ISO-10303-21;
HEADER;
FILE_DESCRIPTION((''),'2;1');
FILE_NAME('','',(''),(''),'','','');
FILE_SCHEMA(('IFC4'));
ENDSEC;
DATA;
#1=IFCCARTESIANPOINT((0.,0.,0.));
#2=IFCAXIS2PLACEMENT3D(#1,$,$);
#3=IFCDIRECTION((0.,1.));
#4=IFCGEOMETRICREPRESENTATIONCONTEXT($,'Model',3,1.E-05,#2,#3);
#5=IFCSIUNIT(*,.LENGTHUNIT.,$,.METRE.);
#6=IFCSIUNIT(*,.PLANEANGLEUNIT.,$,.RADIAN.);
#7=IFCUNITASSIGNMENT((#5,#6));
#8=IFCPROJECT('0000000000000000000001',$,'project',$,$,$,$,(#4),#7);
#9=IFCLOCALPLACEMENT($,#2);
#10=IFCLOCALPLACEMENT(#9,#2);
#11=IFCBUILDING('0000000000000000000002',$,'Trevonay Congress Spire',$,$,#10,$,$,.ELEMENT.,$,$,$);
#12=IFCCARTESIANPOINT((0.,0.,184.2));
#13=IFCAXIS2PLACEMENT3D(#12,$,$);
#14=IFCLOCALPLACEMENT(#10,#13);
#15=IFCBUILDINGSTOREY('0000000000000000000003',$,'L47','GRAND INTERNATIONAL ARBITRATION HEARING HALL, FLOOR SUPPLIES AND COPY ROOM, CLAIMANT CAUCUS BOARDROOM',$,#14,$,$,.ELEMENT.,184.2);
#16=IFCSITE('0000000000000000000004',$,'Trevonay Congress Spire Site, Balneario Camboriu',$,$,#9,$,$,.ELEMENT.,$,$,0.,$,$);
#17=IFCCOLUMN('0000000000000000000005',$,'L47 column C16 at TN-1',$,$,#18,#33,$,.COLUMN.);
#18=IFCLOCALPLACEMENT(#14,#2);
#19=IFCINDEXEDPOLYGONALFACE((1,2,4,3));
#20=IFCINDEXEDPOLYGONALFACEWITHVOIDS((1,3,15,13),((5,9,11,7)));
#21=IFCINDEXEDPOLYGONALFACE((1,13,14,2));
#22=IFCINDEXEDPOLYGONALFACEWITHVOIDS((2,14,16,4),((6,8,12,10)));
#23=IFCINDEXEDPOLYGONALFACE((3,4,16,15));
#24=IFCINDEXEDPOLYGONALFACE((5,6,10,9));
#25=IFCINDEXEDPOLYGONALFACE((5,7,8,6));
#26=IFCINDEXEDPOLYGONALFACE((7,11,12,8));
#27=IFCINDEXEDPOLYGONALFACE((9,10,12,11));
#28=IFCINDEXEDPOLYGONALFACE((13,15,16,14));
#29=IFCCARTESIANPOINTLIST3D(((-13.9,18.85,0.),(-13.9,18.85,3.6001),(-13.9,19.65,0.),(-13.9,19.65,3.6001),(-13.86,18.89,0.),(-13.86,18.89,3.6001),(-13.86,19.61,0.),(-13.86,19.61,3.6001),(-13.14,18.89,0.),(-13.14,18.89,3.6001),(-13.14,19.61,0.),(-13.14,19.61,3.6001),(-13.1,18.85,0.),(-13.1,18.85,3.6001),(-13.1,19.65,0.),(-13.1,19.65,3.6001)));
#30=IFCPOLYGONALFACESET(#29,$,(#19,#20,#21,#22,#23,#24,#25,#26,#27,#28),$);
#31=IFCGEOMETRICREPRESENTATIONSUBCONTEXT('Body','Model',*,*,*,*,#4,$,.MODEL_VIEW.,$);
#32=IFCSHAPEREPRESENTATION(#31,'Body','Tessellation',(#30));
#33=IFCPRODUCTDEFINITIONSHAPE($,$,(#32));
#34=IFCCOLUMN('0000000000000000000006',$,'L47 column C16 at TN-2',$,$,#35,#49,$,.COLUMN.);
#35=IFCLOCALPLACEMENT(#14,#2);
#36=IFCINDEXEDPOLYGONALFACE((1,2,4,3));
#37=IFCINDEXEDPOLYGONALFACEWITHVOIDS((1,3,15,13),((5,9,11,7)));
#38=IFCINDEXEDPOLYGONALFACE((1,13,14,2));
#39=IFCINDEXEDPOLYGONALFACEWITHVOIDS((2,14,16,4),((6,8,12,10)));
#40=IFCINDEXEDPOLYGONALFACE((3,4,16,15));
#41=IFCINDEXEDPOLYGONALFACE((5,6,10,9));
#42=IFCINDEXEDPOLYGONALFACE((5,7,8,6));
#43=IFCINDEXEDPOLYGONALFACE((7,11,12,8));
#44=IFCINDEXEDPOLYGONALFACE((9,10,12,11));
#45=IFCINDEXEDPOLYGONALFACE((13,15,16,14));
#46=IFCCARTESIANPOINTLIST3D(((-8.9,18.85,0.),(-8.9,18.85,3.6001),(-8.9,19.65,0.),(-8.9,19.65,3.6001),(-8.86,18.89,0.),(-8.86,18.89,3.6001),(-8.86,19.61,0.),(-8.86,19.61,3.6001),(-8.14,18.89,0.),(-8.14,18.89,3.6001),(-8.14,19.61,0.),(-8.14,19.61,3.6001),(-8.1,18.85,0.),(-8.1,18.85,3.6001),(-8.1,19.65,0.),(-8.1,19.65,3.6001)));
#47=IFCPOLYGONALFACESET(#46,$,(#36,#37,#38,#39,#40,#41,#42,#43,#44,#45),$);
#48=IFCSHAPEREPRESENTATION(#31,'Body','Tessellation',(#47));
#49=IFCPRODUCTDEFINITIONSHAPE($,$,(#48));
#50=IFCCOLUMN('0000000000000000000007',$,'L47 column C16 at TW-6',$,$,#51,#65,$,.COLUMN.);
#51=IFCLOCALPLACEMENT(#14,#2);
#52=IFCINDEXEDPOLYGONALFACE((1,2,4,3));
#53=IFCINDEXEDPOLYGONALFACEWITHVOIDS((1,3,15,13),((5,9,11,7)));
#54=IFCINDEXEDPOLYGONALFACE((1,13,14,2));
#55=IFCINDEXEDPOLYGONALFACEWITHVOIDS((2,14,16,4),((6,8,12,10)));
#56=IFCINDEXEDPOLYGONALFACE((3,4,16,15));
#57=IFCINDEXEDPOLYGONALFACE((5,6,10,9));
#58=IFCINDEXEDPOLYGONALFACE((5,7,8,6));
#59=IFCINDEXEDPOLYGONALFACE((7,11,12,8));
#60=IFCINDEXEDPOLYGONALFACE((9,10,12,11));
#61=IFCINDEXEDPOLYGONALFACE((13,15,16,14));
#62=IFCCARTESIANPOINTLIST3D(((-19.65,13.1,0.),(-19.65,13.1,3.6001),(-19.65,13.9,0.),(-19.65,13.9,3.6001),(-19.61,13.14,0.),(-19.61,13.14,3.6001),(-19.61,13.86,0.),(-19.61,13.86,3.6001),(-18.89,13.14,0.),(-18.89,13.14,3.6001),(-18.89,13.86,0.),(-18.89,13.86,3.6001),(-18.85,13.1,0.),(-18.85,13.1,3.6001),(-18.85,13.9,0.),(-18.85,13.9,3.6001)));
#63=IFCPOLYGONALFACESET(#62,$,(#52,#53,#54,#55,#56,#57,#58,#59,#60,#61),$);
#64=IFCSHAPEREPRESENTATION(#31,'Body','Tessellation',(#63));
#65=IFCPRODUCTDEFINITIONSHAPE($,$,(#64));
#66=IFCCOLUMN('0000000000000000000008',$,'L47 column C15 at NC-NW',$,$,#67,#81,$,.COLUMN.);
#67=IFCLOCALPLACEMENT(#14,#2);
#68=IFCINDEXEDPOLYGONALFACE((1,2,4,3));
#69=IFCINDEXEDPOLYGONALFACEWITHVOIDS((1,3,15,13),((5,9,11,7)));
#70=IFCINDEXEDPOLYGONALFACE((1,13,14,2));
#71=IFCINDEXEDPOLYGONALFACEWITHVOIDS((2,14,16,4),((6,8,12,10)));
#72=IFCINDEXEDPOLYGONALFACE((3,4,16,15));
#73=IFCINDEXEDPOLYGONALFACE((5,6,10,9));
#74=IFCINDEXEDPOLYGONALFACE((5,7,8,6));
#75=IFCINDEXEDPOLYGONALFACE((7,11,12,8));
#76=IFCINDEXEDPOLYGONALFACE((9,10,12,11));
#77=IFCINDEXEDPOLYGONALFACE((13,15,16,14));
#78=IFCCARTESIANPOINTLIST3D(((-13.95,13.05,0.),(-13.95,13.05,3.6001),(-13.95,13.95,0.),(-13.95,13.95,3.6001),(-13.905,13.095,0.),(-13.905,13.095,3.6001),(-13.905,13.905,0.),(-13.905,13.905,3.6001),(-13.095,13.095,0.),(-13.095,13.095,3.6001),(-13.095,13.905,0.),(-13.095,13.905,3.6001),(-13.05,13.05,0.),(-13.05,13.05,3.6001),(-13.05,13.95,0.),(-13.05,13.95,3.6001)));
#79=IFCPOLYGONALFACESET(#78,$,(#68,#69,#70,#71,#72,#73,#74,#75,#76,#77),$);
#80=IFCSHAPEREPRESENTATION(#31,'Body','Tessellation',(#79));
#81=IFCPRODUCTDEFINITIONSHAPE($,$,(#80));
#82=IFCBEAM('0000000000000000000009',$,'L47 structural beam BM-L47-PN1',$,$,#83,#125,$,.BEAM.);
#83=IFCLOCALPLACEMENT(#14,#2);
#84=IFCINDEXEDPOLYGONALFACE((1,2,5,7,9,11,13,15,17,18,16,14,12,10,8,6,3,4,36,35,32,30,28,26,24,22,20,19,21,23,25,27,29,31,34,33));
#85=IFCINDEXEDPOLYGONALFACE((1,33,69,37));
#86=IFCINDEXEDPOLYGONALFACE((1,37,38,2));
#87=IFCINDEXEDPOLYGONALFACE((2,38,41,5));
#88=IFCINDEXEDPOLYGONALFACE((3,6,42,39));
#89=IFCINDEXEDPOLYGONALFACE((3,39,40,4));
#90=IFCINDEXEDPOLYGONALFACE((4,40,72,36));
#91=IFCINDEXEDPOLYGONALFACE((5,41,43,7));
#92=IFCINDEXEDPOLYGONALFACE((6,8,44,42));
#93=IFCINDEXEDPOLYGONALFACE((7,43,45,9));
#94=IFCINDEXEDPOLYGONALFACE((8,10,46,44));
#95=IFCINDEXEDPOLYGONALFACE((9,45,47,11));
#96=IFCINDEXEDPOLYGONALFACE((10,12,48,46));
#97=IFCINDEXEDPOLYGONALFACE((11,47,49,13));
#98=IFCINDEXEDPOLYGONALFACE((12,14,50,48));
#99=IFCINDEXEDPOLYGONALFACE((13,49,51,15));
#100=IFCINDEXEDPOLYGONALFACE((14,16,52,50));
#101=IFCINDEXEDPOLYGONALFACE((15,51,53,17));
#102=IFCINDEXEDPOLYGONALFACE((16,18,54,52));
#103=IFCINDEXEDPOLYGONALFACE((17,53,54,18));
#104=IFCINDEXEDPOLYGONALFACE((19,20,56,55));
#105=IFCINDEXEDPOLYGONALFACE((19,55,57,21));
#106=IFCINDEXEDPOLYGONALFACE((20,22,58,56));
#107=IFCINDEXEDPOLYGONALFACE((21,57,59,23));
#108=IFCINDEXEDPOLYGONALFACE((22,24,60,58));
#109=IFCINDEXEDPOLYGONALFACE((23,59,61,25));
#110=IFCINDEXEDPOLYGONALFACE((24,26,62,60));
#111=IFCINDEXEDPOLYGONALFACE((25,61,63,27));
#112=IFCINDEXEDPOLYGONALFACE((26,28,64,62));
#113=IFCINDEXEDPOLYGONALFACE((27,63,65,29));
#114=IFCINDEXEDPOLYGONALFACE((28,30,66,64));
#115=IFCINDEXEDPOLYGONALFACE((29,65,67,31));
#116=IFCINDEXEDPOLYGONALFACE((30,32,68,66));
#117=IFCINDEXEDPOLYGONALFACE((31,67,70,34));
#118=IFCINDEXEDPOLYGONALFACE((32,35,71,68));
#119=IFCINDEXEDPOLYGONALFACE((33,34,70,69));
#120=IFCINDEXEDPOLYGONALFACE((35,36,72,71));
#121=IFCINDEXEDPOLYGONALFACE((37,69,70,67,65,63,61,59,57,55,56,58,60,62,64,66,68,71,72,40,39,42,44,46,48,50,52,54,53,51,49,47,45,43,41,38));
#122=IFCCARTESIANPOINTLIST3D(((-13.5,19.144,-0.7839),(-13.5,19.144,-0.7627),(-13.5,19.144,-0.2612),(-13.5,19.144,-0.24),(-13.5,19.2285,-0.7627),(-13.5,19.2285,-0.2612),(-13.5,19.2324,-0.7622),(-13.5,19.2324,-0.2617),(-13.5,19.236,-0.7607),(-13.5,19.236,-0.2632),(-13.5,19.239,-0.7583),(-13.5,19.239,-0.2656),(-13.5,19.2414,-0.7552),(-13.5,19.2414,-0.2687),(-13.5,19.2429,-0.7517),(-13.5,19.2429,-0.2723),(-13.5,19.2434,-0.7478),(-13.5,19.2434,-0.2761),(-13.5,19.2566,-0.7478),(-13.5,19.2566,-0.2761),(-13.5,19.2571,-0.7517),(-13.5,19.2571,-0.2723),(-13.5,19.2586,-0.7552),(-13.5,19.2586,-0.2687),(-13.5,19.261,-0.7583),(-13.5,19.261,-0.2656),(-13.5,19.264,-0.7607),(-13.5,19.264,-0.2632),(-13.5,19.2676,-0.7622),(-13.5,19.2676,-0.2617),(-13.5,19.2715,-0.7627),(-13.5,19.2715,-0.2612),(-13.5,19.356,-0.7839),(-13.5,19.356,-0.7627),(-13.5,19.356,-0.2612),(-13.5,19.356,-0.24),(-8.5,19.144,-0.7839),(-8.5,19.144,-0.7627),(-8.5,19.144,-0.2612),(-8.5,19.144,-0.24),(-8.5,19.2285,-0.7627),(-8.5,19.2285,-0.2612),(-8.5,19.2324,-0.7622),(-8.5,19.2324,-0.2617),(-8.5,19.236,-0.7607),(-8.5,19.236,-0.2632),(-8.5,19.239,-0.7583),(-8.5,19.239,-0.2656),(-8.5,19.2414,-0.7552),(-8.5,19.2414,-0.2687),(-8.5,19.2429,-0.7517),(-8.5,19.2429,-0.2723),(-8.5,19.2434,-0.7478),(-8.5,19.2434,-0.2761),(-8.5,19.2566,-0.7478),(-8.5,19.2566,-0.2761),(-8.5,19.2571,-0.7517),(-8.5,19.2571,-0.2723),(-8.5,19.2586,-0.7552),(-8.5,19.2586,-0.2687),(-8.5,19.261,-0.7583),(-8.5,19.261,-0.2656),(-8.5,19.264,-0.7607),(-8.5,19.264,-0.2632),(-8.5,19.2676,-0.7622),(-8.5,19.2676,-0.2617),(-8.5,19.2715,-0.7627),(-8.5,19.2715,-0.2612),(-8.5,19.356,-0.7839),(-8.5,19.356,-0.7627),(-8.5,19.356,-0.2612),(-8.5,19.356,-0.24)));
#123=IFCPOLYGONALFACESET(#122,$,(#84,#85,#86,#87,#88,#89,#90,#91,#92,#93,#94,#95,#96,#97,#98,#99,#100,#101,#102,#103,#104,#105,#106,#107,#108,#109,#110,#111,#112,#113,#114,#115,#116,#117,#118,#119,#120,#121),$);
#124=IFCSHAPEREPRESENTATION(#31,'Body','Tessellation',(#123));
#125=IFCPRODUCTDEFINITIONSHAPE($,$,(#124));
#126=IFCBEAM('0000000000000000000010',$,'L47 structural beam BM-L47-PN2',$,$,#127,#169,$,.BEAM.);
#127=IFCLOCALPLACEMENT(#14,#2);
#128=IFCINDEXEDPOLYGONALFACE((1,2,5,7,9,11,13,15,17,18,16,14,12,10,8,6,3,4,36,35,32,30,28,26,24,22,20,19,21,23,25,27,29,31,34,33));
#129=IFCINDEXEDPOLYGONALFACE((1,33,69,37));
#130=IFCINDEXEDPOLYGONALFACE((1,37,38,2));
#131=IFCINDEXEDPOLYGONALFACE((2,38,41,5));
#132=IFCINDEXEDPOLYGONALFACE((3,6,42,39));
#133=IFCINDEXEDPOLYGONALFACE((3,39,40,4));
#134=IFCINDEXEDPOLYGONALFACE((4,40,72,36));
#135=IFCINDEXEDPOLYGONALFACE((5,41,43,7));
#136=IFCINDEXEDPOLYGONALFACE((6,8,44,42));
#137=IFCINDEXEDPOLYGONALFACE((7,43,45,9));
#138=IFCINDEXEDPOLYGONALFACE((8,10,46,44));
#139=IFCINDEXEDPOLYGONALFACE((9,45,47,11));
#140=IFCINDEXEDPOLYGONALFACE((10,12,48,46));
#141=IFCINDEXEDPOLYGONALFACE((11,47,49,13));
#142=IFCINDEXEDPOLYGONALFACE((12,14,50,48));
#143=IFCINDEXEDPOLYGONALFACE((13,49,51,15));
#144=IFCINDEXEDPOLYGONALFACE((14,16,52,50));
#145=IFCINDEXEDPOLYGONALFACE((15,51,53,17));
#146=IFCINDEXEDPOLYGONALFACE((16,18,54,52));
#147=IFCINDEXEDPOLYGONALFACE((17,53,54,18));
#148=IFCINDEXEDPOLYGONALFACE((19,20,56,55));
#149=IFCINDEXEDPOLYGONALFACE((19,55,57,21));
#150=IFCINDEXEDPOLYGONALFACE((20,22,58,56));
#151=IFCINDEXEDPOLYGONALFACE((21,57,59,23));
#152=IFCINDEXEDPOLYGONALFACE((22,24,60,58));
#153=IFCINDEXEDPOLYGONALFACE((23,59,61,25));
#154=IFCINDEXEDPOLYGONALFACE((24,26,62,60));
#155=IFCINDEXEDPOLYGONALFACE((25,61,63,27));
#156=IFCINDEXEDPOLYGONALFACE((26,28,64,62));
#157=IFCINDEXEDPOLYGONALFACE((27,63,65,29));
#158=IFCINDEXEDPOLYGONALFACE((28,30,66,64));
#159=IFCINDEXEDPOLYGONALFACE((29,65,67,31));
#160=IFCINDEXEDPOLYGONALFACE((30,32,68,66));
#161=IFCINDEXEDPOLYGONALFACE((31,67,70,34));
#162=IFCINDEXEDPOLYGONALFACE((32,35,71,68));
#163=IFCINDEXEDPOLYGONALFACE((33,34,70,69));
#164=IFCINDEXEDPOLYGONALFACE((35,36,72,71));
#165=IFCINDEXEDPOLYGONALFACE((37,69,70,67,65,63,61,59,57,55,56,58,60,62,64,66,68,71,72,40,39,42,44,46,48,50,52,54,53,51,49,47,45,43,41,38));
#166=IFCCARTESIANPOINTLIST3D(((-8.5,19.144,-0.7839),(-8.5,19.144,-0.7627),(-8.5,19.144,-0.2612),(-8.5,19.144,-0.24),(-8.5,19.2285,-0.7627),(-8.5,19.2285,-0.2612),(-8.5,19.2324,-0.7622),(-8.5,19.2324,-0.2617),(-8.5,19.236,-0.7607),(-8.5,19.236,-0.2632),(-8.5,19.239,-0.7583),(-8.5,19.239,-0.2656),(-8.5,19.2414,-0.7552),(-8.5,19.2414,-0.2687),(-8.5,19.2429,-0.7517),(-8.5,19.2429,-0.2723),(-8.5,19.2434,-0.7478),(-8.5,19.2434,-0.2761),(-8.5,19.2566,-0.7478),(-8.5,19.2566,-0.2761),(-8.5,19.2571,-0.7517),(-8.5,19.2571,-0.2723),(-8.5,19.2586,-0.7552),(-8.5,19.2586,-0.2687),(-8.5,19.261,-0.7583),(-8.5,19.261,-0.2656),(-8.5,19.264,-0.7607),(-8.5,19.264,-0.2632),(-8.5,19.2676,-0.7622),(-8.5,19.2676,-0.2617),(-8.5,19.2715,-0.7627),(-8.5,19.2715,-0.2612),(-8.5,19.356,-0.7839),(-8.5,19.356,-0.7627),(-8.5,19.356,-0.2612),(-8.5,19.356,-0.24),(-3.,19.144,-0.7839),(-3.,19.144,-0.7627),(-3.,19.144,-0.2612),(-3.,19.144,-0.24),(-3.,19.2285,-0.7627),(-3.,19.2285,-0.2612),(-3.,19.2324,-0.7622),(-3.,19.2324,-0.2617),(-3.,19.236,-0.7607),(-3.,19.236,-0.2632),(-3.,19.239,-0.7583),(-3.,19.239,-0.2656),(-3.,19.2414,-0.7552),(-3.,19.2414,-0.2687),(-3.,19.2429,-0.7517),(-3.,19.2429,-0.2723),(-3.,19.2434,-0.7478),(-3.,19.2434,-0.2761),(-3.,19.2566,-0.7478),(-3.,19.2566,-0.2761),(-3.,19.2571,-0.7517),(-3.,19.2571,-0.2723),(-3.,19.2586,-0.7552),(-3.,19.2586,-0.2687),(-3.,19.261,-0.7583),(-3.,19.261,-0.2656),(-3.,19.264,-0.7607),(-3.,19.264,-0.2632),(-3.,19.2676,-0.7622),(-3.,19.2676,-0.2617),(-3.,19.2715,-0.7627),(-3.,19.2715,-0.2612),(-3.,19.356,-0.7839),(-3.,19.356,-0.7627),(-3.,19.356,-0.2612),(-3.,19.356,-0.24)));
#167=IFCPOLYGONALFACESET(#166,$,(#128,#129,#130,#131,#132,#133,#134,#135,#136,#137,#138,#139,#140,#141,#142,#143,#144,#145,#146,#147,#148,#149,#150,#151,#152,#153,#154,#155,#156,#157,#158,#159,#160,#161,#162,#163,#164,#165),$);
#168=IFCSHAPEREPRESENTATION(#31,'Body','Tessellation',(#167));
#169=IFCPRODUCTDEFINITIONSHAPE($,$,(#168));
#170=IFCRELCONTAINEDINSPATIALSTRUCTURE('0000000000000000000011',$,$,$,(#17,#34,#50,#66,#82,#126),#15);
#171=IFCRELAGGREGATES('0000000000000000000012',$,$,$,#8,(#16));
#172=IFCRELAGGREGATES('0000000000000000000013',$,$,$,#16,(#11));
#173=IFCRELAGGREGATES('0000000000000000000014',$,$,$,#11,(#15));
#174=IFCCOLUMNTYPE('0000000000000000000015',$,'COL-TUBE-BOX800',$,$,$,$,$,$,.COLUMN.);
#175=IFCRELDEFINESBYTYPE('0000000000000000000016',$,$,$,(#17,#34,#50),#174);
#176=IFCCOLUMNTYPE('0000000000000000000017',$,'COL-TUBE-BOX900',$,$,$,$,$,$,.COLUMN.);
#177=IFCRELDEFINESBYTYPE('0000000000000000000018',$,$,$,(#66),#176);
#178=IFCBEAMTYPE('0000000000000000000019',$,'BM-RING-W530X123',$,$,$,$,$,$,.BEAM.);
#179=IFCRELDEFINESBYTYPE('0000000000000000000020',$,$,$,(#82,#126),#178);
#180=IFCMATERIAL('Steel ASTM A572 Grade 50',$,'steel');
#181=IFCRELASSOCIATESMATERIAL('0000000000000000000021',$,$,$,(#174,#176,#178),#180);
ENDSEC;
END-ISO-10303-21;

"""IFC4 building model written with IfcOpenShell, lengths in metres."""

from ifc_helpers import new_model, si_unit, direction, frame, origin, origin_2d, place, context, subcontext, project, spatial, hollow_rectangle, i_section, extrude, material, material_profile, profile_set, type_object, element, save


model = new_model("IFC4")

# Units and contexts
model_context = context("Model", 3, precision=1e-05, world=origin(), true_north=direction((0.0, 1.0)))
body_context = subcontext(model_context, "Body", "Model", "MODEL_VIEW")
ifc_project = project(units=[si_unit("LENGTHUNIT", "METRE"), si_unit("PLANEANGLEUNIT", "RADIAN")], contexts=[model_context])

# Site, building, storey
site_placement = place(None, origin())
site = spatial("IfcSite", under=ifc_project, at=site_placement, Name="Trevonay Congress Spire Site, Balneario Camboriu", CompositionType="ELEMENT", RefElevation=0.0)
building_placement = place(site_placement, origin())
building = spatial("IfcBuilding", under=site, at=building_placement, Name="Trevonay Congress Spire", CompositionType="ELEMENT")
storey_placement = place(building_placement, frame((0.0, 0.0, 184.2)))
storey = spatial("IfcBuildingStorey", under=building, at=storey_placement, Name="L47", Description="GRAND INTERNATIONAL ARBITRATION HEARING HALL, FLOOR SUPPLIES AND COPY ROOM, CLAIMANT CAUCUS BOARDROOM", CompositionType="ELEMENT", Elevation=184.2)

# Columns
ifc_material_1 = material(Name="Steel ASTM A572 Grade 50", Category="steel")
ifc_material_profile_1 = material_profile(ifc_material_1, hollow_rectangle(XDim=0.8, YDim=0.8, WallThickness=0.04, at=origin_2d()), Name="BOX 800x800x40")
ifc_profile_set_1 = profile_set([ifc_material_profile_1], Name="Steel ASTM A572 Grade 50")
column_type_1 = type_object("IfcColumnType", Name="COL-TUBE-BOX800", PredefinedType="COLUMN", material=ifc_profile_set_1)
for number, where, z_axis, x_axis, name in (
    (1, (-13.5, 19.25, 0.0), (0.0, 0.0, 1.0), (1.0, 0.0, 0.0), "L47 column C16 at TN-1"),
    (2, (-8.5, 19.25, 0.0), (0.0, 0.0, 1.0), (1.0, 0.0, 0.0), "L47 column C16 at TN-2"),
    (3, (-19.25, 13.5, 0.0), (0.0, 0.0, 1.0), (1.0, 0.0, 0.0), "L47 column C16 at TW-6"),
):
    element("IfcColumn", number, at=place(storey_placement, frame(where, z_axis=z_axis, x_axis=x_axis)), inside=storey, type_object=column_type_1, Name=name, PredefinedType="COLUMN", context=body_context, shape_type="SweptSolid", body=[
        extrude(hollow_rectangle(XDim=0.8, YDim=0.8, WallThickness=0.04, at=origin_2d()), origin(), (0.0, 0.0, 1.0), 3.6001),
    ])
ifc_material_profile_2 = material_profile(ifc_material_1, hollow_rectangle(XDim=0.8999, YDim=0.8999, WallThickness=0.0449, at=origin_2d()), Name="BOX 900x900x45")
ifc_profile_set_2 = profile_set([ifc_material_profile_2], Name="Steel ASTM A572 Grade 50")
column_type_2 = type_object("IfcColumnType", Name="COL-TUBE-BOX900", PredefinedType="COLUMN", material=ifc_profile_set_2)
column_placement = place(storey_placement, frame((-13.5, 13.5, 0.0), z_axis=(0.0, 0.0, 1.0), x_axis=(1.0, 0.0, 0.0)))
element("IfcColumn", 4, at=column_placement, inside=storey, type_object=column_type_2, Name="L47 column C15 at NC-NW", PredefinedType="COLUMN", context=body_context, shape_type="SweptSolid", body=[
    extrude(hollow_rectangle(XDim=0.8999, YDim=0.8999, WallThickness=0.0449, at=origin_2d()), origin(), (0.0, 0.0, 1.0), 3.6001),
])

# Beams
ifc_material_profile_3 = material_profile(ifc_material_1, i_section(OverallWidth=0.2119, OverallDepth=0.5439, WebThickness=0.0132, FlangeThickness=0.0212, FilletRadius=0.0149, at=origin_2d()), Name="W530x123")
ifc_profile_set_3 = profile_set([ifc_material_profile_3], Name="Steel ASTM A572 Grade 50")
beam_type = type_object("IfcBeamType", Name="BM-RING-W530X123", PredefinedType="BEAM", material=ifc_profile_set_3)
beam_1_placement = place(storey_placement, frame((-13.5, 19.25, -0.512), z_axis=(1.0, 0.0, 0.0), x_axis=(0.0, 1.0, 0.0)))
element("IfcBeam", 5, at=beam_1_placement, inside=storey, type_object=beam_type, Name="L47 structural beam BM-L47-PN1", PredefinedType="BEAM", context=body_context, shape_type="SweptSolid", body=[
    extrude(i_section(OverallWidth=0.2119, OverallDepth=0.5439, WebThickness=0.0132, FlangeThickness=0.0212, FilletRadius=0.0149, at=origin_2d()), origin(), (0.0, 0.0, 1.0), 5.0),
])
beam_2_placement = place(storey_placement, frame((-8.5, 19.25, -0.512), z_axis=(1.0, 0.0, 0.0), x_axis=(0.0, 1.0, 0.0)))
element("IfcBeam", 6, at=beam_2_placement, inside=storey, type_object=beam_type, Name="L47 structural beam BM-L47-PN2", PredefinedType="BEAM", context=body_context, shape_type="SweptSolid", body=[
    extrude(i_section(OverallWidth=0.2119, OverallDepth=0.5439, WebThickness=0.0132, FlangeThickness=0.0212, FilletRadius=0.0149, at=origin_2d()), origin(), (0.0, 0.0, 1.0), 5.5),
])

save(model, "model.ifc")
